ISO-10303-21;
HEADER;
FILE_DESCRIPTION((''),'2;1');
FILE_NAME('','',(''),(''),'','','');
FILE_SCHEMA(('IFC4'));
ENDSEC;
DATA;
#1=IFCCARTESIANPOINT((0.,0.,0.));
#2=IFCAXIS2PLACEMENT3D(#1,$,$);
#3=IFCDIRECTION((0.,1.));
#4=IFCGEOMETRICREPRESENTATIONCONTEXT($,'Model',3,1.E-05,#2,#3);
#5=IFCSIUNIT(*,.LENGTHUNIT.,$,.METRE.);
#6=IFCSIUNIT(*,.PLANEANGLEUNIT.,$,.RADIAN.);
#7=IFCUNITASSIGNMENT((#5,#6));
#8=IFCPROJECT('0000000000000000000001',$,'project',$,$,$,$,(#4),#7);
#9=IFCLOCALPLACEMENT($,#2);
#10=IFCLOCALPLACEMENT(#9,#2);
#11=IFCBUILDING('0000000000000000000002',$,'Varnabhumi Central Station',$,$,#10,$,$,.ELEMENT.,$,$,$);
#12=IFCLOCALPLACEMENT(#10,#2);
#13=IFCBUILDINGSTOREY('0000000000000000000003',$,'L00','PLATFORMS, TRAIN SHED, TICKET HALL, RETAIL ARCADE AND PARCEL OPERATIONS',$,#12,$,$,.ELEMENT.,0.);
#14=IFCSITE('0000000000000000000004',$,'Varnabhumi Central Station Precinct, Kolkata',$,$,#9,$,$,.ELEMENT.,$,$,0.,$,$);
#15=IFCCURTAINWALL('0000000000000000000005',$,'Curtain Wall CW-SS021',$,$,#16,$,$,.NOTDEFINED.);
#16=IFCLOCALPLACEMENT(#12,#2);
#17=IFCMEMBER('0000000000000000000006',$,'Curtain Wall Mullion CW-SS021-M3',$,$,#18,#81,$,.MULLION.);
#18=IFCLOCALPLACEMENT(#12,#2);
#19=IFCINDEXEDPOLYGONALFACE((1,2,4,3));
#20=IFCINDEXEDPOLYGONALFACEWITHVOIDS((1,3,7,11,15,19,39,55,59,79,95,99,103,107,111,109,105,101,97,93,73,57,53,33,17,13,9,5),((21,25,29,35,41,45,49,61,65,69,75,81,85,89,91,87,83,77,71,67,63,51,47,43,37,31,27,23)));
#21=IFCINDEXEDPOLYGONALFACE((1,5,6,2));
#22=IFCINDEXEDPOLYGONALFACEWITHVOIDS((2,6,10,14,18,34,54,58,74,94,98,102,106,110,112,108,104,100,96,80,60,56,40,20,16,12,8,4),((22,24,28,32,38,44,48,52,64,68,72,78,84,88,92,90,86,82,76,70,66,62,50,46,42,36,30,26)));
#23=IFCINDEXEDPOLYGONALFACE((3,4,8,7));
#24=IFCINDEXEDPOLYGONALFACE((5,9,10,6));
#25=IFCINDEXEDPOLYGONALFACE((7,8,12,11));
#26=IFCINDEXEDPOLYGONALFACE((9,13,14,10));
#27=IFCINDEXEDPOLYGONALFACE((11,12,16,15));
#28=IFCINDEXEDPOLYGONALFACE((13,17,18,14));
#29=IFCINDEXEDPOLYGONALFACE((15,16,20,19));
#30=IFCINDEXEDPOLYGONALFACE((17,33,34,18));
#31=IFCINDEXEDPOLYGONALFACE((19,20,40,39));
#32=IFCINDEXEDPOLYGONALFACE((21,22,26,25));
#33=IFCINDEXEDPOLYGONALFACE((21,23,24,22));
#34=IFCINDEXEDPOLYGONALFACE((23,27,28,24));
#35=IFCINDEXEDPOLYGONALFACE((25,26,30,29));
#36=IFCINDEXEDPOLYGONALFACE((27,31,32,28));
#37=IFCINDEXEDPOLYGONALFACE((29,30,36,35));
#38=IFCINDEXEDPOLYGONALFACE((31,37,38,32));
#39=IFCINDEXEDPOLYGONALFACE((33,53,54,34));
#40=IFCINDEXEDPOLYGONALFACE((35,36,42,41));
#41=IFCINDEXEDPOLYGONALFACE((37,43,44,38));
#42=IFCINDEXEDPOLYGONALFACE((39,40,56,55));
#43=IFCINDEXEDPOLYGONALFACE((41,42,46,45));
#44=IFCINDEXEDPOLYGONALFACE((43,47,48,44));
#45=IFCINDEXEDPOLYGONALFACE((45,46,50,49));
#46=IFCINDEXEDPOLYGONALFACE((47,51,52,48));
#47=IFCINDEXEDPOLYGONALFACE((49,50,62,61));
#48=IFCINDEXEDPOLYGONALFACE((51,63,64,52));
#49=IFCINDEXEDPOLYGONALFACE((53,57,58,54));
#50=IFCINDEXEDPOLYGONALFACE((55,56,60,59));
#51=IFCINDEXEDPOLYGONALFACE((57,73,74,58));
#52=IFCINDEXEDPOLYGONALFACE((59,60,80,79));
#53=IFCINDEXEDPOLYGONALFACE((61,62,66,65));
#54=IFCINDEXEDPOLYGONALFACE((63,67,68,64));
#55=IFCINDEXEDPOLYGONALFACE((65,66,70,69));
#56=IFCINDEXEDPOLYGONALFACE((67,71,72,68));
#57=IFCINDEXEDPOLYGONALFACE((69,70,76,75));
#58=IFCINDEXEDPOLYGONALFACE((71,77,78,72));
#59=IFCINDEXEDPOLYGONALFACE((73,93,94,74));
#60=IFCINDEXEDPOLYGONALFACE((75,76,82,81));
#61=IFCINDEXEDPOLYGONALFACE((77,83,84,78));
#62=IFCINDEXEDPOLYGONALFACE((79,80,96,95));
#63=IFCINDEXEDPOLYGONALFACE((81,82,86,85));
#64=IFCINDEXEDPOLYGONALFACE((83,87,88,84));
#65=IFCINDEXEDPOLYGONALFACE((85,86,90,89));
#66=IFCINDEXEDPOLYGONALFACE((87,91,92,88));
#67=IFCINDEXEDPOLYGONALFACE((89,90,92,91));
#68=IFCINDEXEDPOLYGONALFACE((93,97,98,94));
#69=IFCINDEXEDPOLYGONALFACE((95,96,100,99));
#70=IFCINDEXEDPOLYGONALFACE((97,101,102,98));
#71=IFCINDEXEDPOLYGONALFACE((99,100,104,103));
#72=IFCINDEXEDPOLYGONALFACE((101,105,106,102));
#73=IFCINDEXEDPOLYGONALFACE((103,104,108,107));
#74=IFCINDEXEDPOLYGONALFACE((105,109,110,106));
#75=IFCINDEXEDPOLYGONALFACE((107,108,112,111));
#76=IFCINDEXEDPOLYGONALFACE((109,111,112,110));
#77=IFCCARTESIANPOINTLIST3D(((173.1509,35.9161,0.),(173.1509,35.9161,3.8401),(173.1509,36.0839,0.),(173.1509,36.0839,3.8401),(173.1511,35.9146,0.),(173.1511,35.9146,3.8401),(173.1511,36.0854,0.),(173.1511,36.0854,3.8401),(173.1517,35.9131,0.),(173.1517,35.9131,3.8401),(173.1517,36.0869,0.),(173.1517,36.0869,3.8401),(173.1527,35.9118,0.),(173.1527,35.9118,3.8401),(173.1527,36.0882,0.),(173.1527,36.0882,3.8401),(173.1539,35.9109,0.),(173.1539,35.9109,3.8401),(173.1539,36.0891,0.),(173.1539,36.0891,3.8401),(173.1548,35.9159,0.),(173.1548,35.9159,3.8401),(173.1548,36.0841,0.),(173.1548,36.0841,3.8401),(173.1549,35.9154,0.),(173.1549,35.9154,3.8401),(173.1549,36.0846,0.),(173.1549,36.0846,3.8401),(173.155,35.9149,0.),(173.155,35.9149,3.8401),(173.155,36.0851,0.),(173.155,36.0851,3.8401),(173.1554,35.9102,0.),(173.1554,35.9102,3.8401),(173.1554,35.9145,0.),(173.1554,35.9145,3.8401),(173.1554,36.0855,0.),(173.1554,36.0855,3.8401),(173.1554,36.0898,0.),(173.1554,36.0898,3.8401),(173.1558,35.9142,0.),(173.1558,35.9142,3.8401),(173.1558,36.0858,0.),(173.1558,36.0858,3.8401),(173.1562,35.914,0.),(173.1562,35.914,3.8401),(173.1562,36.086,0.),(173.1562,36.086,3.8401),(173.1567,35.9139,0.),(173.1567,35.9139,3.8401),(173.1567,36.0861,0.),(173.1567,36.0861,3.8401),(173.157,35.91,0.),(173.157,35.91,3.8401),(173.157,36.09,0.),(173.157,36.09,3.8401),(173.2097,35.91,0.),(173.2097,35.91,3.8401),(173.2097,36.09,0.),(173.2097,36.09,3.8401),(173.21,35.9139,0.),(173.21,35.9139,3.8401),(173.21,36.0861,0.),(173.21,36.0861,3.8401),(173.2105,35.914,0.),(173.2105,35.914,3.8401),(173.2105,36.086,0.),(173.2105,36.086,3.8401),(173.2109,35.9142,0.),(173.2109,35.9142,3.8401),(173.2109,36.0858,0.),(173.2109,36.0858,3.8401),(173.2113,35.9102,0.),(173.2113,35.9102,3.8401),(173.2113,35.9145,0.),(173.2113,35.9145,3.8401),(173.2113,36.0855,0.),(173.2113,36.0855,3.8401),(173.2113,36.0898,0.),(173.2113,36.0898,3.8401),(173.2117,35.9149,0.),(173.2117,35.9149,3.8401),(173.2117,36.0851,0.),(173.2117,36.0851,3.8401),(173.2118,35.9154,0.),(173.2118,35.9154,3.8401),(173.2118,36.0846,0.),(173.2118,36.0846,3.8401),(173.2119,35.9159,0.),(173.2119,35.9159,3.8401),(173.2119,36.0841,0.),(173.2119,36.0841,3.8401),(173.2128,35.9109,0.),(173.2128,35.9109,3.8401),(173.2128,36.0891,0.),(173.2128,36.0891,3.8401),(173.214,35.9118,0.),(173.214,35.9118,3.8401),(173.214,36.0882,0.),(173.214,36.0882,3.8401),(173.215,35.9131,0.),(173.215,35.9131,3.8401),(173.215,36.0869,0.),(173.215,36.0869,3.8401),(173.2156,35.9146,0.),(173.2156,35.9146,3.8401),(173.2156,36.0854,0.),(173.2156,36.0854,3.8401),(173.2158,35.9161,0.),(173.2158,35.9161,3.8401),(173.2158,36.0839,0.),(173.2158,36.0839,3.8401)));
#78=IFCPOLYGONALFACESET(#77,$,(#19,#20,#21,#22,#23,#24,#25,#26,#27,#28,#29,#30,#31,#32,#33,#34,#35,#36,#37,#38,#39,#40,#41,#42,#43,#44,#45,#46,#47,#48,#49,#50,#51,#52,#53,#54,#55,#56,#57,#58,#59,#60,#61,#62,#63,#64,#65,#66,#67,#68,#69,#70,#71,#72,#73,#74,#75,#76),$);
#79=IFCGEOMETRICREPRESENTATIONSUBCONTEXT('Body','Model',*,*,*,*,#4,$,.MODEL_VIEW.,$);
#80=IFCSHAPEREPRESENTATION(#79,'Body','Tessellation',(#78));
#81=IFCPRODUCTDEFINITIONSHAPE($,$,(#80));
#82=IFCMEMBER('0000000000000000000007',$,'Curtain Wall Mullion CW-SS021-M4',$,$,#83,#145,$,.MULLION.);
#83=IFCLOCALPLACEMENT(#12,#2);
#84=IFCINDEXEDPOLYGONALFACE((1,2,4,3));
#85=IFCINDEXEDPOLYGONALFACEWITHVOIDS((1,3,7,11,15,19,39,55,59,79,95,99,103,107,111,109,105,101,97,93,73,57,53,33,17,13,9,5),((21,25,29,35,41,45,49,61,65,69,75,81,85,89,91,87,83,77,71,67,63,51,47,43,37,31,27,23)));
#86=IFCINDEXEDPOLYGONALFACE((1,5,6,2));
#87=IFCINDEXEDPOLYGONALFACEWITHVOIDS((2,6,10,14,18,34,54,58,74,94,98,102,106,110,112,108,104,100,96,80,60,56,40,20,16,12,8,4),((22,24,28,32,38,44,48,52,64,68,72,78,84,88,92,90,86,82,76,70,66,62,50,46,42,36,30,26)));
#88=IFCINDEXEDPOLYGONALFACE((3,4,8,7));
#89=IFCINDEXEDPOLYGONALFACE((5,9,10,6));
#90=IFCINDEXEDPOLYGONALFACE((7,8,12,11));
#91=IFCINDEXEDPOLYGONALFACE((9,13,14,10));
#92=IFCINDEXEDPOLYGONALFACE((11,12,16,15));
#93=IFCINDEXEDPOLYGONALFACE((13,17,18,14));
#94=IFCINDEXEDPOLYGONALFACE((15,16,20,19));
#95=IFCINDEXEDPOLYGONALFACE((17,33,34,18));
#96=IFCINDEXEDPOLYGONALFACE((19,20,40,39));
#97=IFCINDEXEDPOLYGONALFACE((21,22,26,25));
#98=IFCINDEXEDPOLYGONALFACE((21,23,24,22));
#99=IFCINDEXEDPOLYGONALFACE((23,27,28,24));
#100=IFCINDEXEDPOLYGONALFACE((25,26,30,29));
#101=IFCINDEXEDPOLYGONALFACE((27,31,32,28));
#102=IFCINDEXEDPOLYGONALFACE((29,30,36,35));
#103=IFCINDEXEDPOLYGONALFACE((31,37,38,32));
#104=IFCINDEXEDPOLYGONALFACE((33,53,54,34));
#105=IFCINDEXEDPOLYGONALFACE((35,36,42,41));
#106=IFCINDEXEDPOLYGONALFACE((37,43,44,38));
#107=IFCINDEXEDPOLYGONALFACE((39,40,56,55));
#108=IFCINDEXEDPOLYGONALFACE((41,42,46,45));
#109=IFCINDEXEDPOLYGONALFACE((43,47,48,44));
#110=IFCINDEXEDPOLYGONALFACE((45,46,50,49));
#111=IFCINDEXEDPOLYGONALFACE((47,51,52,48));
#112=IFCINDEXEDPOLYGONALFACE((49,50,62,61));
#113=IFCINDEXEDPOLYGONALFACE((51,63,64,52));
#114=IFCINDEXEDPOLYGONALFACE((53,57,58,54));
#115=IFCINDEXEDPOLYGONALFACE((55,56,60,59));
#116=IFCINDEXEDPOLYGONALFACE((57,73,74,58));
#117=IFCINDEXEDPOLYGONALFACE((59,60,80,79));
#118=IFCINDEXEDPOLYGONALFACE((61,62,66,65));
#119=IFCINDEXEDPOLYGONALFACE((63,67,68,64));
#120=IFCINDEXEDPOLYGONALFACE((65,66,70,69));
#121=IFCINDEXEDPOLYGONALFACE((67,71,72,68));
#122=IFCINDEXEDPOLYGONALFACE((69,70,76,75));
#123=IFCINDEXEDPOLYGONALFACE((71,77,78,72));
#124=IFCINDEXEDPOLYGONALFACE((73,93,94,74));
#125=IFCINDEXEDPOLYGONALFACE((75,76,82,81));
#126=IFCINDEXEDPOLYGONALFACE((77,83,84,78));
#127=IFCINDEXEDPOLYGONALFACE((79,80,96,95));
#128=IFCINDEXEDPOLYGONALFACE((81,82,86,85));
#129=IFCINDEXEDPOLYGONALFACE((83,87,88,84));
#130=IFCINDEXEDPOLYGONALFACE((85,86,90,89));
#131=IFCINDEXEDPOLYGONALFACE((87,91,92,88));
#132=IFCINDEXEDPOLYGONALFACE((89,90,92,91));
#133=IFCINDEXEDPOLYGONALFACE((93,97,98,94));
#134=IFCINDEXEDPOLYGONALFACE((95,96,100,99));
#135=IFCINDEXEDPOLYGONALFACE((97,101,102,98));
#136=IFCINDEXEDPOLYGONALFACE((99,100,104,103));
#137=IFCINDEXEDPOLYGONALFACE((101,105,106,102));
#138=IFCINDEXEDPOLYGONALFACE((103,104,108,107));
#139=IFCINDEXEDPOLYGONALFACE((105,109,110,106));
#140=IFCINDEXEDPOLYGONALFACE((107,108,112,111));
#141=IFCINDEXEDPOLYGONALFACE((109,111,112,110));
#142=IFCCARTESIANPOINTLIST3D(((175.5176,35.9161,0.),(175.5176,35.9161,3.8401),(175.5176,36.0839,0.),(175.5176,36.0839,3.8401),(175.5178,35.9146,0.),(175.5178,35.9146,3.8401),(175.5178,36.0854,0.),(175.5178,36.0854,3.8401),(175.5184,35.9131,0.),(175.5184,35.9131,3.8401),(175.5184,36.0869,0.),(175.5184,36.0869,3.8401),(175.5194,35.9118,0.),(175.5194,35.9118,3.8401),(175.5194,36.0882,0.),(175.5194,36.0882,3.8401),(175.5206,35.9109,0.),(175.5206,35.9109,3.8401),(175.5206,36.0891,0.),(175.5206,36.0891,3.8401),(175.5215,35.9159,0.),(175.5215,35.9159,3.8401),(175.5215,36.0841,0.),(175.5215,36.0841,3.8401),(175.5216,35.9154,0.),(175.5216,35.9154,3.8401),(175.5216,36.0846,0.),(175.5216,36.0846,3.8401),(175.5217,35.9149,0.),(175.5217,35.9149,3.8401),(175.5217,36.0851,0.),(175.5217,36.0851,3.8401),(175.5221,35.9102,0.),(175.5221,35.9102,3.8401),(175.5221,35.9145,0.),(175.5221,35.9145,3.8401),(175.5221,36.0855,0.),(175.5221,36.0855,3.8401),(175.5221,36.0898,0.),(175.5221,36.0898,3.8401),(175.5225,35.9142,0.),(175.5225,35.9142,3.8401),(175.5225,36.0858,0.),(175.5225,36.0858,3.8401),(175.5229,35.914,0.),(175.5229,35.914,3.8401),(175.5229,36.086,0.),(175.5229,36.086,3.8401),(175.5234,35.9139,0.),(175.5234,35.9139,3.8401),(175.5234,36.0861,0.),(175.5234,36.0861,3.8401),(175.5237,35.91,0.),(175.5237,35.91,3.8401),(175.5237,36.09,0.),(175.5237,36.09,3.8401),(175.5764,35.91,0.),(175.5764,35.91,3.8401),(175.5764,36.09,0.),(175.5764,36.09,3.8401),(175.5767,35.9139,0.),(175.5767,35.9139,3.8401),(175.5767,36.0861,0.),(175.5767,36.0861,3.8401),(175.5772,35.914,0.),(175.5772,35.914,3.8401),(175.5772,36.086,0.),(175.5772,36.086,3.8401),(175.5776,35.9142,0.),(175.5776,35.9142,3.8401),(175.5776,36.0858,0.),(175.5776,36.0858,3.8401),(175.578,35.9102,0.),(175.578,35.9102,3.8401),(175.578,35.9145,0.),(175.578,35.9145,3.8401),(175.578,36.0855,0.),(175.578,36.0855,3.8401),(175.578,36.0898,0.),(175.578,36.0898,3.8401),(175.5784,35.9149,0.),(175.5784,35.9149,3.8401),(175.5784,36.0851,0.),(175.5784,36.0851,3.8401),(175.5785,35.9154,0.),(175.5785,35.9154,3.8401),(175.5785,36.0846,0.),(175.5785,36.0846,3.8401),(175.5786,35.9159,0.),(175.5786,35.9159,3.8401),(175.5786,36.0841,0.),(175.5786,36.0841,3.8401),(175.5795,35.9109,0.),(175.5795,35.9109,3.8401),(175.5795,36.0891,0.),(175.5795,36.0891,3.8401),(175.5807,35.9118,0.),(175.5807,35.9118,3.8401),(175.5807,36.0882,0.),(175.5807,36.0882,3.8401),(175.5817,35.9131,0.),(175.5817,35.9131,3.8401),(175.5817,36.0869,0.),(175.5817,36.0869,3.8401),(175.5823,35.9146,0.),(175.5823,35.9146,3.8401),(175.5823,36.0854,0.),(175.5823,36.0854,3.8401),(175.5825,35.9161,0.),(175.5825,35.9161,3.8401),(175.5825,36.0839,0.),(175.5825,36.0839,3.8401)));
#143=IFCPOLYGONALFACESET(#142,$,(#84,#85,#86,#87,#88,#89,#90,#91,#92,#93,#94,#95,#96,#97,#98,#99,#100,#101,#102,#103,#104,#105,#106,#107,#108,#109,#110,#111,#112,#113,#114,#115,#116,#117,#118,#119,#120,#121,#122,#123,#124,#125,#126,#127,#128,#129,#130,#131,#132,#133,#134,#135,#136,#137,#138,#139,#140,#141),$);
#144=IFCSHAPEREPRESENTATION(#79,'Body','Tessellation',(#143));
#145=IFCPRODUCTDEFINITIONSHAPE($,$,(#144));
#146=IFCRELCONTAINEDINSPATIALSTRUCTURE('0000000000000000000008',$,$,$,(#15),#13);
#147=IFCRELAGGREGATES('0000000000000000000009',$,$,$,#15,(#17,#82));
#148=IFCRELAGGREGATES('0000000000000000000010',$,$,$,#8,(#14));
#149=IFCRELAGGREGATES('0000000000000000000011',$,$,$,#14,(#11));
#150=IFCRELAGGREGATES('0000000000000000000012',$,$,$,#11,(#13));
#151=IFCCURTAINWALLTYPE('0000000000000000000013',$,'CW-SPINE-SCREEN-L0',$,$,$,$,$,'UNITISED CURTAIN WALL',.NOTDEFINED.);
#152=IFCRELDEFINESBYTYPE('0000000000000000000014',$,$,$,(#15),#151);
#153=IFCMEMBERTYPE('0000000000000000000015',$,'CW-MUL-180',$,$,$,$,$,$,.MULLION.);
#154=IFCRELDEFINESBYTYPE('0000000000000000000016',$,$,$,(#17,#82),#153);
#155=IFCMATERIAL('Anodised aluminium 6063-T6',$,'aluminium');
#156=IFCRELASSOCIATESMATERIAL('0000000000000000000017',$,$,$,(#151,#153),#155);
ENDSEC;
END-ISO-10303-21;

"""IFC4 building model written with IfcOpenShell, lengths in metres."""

from ifc_helpers import new_model, si_unit, direction, frame, origin, origin_2d, place, context, subcontext, project, spatial, hollow_rectangle, extrude, material, material_profile, profile_set, type_object, element, aggregate, save


model = new_model("IFC4")

# Units and contexts
model_context = context("Model", 3, precision=1e-05, world=origin(), true_north=direction((0.0, 1.0)))
body_context = subcontext(model_context, "Body", "Model", "MODEL_VIEW")
ifc_project = project(units=[si_unit("LENGTHUNIT", "METRE"), si_unit("PLANEANGLEUNIT", "RADIAN")], contexts=[model_context])

# Site, building, storey
site_placement = place(None, origin())
site = spatial("IfcSite", under=ifc_project, at=site_placement, Name="Varnabhumi Central Station Precinct, Kolkata", CompositionType="ELEMENT", RefElevation=0.0)
building_placement = place(site_placement, origin())
building = spatial("IfcBuilding", under=site, at=building_placement, Name="Varnabhumi Central Station", CompositionType="ELEMENT")
storey_placement = place(building_placement, origin())
storey = spatial("IfcBuildingStorey", under=building, at=storey_placement, Name="L00", Description="PLATFORMS, TRAIN SHED, TICKET HALL, RETAIL ARCADE AND PARCEL OPERATIONS", CompositionType="ELEMENT", Elevation=0.0)

# Curtain wall, members
ifc_material_1 = material(Name="Anodised aluminium 6063-T6", Category="aluminium")
curtain_wall_type = type_object("IfcCurtainWallType", Name="CW-SPINE-SCREEN-L0", ElementType="UNITISED CURTAIN WALL", PredefinedType="NOTDEFINED", material=ifc_material_1)
curtain_wall_placement = place(storey_placement, origin())
curtain_wall = element("IfcCurtainWall", 1, at=curtain_wall_placement, inside=storey, type_object=curtain_wall_type, Name="Curtain Wall CW-SS021", PredefinedType="NOTDEFINED")
ifc_material_profile_1 = material_profile(ifc_material_1, hollow_rectangle(XDim=0.0649, YDim=0.1799, WallThickness=0.0039, InnerFilletRadius=0.002, OuterFilletRadius=0.0061, at=origin_2d()), Name="Anodised aluminium 6063-T6", Category="aluminium")
ifc_profile_set_1 = profile_set([ifc_material_profile_1], Name="Anodised aluminium 6063-T6")
member_type_1 = type_object("IfcMemberType", Name="CW-MUL-180", PredefinedType="MULLION", material=ifc_profile_set_1)
member_1_placement = place(storey_placement, frame((173.1833, 36.0, 0.0), z_axis=(0.0, 0.0, 1.0), x_axis=(1.0, 0.0, 0.0)))
member_1 = element("IfcMember", 2, at=member_1_placement, type_object=member_type_1, Name="Curtain Wall Mullion CW-SS021-M3", PredefinedType="MULLION", context=body_context, shape_type="SweptSolid", body=[
    extrude(hollow_rectangle(XDim=0.0649, YDim=0.1799, WallThickness=0.0039, InnerFilletRadius=0.002, OuterFilletRadius=0.0061, at=origin_2d()), origin(), (0.0, 0.0, 1.0), 3.8401),
])
member_2_placement = place(storey_placement, frame((175.55, 36.0, 0.0), z_axis=(0.0, 0.0, 1.0), x_axis=(1.0, 0.0, 0.0)))
member_2 = element("IfcMember", 3, at=member_2_placement, type_object=member_type_1, Name="Curtain Wall Mullion CW-SS021-M4", PredefinedType="MULLION", context=body_context, shape_type="SweptSolid", body=[
    extrude(hollow_rectangle(XDim=0.0649, YDim=0.1799, WallThickness=0.0039, InnerFilletRadius=0.002, OuterFilletRadius=0.0061, at=origin_2d()), origin(), (0.0, 0.0, 1.0), 3.8401),
])
aggregate(curtain_wall, [member_1, member_2])

save(model, "model.ifc")
